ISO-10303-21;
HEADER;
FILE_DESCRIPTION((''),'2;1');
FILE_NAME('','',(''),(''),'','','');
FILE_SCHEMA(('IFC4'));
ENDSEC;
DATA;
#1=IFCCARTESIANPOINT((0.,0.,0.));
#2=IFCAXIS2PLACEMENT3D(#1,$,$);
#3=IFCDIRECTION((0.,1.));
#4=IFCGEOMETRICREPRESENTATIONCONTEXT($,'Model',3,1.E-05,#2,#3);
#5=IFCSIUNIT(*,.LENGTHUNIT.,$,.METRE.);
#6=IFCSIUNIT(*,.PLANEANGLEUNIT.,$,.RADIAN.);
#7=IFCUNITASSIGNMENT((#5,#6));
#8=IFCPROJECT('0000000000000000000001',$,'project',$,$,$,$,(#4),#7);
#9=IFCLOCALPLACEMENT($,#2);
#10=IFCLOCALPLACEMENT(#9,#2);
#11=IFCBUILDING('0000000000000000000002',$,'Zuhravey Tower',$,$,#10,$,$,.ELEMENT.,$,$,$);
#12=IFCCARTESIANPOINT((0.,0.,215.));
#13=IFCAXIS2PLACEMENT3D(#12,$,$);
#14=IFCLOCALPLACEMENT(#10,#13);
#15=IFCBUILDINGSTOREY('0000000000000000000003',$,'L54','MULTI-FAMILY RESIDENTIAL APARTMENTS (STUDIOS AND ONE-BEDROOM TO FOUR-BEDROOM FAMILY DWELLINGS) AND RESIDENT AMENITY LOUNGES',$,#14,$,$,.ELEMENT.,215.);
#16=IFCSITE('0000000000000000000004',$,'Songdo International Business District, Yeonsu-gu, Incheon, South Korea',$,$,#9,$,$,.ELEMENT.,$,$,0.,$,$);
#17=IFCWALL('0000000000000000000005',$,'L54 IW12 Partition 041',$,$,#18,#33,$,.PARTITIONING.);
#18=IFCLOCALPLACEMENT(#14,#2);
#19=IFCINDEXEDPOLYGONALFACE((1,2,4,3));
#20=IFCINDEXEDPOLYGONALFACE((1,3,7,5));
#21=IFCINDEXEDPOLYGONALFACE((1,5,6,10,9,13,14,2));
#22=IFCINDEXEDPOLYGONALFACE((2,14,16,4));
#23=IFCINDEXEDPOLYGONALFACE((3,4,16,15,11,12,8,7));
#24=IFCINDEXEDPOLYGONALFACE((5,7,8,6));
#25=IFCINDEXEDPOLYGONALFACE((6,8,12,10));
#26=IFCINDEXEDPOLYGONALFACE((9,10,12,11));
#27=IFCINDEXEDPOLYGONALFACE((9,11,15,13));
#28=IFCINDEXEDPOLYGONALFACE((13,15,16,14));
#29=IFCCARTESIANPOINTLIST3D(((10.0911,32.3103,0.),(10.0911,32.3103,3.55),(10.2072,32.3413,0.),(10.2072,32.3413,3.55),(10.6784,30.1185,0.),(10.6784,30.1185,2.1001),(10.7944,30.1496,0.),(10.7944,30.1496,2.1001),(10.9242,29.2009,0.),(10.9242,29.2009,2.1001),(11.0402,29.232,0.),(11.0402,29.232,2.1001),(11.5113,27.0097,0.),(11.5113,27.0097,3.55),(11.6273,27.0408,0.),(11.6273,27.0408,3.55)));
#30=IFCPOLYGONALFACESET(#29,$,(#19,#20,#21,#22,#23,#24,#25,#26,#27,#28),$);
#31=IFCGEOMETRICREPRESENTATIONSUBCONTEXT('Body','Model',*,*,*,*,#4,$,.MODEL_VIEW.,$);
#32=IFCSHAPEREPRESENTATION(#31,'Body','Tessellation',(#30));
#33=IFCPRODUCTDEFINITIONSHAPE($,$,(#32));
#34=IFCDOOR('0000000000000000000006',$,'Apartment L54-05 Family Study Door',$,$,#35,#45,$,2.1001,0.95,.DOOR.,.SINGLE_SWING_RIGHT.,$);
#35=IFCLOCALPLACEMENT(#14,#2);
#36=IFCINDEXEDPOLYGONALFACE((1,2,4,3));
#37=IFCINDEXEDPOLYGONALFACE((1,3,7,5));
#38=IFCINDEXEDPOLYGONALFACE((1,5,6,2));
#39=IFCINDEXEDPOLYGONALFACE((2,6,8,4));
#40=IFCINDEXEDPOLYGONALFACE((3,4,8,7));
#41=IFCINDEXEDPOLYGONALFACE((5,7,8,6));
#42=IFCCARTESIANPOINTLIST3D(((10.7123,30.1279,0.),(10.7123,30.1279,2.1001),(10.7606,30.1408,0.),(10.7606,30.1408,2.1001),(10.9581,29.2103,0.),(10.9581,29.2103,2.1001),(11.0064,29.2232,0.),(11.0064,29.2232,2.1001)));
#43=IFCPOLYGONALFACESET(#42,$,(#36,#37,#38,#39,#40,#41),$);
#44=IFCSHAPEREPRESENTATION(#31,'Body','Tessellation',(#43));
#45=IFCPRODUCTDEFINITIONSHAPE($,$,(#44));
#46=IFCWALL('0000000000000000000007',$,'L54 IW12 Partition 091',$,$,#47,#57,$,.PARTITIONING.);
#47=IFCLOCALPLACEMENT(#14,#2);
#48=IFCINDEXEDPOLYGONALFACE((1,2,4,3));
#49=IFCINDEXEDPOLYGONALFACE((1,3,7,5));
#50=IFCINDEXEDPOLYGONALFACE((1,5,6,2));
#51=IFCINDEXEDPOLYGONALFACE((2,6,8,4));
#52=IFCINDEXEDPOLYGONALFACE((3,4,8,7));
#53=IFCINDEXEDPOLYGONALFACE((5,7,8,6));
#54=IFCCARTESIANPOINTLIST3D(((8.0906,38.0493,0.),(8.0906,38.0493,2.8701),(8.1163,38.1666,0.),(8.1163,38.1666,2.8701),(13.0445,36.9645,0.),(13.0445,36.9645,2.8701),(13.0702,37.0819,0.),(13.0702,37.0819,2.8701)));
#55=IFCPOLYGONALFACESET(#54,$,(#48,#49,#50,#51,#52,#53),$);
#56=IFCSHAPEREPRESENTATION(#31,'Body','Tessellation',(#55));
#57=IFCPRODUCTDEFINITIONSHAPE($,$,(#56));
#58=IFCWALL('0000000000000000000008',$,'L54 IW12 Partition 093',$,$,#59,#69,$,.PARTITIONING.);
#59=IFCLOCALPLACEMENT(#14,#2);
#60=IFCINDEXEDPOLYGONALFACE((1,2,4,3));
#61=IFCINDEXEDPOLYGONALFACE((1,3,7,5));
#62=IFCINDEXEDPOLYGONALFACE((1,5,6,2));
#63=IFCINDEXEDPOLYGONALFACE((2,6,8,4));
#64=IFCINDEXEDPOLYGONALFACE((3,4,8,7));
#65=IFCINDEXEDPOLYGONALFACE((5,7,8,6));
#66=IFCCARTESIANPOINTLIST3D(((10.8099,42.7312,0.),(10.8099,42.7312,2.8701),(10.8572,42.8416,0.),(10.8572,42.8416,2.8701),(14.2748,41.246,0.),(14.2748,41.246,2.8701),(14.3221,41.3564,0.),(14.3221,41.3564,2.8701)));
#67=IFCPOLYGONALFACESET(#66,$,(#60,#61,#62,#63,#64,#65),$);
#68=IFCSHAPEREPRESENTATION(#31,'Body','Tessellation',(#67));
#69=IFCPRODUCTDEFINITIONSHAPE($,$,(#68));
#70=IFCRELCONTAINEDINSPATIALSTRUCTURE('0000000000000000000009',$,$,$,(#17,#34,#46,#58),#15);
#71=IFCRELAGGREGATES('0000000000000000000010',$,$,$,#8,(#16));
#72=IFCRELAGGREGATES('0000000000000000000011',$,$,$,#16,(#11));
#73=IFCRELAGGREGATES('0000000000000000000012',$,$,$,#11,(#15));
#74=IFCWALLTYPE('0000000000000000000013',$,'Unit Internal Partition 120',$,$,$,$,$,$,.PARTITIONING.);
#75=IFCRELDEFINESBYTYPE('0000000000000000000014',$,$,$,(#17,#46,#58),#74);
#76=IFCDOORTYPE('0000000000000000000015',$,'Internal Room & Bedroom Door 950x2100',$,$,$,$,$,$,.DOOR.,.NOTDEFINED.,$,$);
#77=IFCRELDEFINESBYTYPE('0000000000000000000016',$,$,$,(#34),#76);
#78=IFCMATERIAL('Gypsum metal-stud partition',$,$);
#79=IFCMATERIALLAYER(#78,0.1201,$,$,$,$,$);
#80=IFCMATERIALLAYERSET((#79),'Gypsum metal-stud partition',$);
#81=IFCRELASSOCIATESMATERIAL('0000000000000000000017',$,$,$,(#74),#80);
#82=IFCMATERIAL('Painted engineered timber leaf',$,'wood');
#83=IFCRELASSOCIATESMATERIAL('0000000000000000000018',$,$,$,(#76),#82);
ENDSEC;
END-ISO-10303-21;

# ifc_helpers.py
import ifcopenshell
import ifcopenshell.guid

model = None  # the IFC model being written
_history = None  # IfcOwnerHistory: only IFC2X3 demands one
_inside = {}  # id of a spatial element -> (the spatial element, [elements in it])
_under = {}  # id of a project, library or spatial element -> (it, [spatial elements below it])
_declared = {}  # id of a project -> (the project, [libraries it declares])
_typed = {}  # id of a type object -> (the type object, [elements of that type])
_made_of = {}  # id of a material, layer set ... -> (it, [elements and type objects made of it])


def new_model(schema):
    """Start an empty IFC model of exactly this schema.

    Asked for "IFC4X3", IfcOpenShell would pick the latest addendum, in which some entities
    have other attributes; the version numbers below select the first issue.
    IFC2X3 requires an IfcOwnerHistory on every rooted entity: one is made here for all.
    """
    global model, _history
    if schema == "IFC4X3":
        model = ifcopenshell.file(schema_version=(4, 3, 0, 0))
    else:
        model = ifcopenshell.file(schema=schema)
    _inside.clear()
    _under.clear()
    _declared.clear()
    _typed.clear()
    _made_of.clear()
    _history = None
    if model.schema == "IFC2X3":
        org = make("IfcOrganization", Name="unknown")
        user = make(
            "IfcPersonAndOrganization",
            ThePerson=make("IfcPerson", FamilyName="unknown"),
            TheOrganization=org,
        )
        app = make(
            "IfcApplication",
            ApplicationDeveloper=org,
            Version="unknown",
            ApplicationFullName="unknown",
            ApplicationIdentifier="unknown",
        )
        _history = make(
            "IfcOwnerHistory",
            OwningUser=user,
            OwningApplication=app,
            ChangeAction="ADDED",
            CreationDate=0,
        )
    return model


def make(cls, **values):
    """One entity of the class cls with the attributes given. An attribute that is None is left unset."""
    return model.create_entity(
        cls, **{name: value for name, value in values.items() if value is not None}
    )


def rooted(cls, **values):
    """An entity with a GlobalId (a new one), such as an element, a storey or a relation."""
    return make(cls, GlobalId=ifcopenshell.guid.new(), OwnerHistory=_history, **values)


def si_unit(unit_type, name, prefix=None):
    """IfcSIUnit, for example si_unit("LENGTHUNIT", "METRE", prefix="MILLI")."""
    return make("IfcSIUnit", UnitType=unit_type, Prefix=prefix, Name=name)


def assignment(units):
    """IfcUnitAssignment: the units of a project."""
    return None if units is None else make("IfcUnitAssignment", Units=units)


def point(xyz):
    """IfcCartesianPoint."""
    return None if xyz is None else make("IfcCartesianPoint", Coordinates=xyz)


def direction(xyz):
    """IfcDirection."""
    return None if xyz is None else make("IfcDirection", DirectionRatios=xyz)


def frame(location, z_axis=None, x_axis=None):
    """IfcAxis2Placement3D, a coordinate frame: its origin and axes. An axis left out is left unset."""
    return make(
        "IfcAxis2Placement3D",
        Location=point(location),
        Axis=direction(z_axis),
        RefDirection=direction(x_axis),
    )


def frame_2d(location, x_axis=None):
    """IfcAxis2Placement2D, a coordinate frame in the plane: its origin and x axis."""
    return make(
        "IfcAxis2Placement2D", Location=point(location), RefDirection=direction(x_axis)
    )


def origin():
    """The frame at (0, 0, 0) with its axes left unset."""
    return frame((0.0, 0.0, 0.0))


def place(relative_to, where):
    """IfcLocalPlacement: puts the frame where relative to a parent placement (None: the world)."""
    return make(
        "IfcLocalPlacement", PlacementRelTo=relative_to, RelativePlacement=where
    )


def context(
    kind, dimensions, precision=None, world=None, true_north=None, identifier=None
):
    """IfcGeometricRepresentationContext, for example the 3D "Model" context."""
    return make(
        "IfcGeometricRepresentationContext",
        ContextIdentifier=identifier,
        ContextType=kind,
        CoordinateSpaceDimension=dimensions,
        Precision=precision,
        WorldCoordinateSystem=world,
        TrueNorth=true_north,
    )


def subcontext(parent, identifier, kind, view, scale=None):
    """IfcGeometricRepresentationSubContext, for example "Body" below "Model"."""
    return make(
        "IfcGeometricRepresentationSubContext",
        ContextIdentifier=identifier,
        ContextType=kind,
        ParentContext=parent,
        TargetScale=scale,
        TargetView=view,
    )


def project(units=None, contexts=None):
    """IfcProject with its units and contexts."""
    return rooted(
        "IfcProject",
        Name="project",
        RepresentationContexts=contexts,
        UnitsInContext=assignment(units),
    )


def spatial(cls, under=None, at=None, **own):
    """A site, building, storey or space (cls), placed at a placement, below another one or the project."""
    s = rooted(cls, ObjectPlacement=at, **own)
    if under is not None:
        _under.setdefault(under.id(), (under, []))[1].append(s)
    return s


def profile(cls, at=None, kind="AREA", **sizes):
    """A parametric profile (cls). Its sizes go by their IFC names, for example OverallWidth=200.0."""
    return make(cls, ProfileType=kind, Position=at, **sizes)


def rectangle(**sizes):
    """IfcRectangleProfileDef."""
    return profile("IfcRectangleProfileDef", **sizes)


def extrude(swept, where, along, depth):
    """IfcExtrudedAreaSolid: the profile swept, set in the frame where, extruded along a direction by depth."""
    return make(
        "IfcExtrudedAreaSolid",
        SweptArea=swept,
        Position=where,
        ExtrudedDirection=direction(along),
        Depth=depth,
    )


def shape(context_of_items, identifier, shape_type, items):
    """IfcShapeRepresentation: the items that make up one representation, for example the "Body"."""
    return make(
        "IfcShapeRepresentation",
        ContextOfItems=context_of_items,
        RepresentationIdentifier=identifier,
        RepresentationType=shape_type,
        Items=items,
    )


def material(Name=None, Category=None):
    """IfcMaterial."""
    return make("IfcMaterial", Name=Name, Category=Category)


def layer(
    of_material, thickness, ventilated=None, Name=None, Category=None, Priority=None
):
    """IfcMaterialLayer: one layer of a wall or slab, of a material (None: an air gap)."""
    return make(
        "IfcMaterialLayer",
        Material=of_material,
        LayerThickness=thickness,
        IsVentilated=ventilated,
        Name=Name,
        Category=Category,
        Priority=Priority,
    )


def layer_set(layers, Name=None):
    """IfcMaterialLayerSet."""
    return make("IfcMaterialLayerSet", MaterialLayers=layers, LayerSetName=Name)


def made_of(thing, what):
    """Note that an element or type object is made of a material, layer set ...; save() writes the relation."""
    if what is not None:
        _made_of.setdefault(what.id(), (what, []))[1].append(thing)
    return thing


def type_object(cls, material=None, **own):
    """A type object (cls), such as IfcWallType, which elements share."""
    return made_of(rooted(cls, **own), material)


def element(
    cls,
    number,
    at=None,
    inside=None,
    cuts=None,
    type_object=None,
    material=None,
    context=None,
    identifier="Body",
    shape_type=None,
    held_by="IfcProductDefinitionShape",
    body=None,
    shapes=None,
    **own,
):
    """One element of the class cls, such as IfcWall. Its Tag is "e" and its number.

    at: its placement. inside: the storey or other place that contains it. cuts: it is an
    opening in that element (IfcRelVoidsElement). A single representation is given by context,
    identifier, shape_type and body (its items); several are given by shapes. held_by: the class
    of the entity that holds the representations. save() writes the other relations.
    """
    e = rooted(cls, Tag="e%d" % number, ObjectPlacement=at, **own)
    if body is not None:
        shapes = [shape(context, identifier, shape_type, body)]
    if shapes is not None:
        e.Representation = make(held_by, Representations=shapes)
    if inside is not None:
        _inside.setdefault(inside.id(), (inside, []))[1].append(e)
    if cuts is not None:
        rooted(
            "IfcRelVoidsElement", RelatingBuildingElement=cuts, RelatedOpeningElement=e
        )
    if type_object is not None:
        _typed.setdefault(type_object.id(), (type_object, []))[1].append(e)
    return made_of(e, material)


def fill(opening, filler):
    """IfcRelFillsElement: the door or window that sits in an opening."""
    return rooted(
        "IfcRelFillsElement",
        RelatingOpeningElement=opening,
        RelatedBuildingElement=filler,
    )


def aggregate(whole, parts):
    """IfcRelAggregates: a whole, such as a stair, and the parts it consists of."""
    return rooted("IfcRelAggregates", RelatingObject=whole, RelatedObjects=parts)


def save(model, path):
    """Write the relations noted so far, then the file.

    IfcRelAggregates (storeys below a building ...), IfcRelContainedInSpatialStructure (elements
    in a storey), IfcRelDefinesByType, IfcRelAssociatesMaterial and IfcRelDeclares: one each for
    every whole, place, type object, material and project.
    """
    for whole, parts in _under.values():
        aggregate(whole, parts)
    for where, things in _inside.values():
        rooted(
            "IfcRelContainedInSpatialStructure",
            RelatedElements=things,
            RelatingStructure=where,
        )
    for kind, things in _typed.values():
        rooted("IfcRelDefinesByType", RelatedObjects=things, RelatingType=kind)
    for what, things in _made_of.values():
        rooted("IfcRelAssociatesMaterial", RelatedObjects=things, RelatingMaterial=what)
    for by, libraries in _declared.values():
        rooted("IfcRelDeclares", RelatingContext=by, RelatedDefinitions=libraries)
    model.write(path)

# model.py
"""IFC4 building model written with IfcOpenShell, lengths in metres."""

from ifc_helpers import new_model, si_unit, direction, frame, frame_2d, origin, place, context, subcontext, project, spatial, rectangle, extrude, material, layer, layer_set, type_object, element, fill, save


model = new_model("IFC4")

# Units and contexts
model_context = context("Model", 3, precision=1e-05, world=origin(), true_north=direction((0.0, 1.0)))
body_context = subcontext(model_context, "Body", "Model", "MODEL_VIEW")
ifc_project = project(units=[si_unit("LENGTHUNIT", "METRE"), si_unit("PLANEANGLEUNIT", "RADIAN")], contexts=[model_context])

# Site, building, storey
site_placement = place(None, origin())
site = spatial("IfcSite", under=ifc_project, at=site_placement, Name="Songdo International Business District, Yeonsu-gu, Incheon, South Korea", CompositionType="ELEMENT", RefElevation=0.0)
building_placement = place(site_placement, origin())
building = spatial("IfcBuilding", under=site, at=building_placement, Name="Zuhravey Tower", CompositionType="ELEMENT")
storey_placement = place(building_placement, frame((0.0, 0.0, 215.0)))
storey = spatial("IfcBuildingStorey", under=building, at=storey_placement, Name="L54", Description="MULTI-FAMILY RESIDENTIAL APARTMENTS (STUDIOS AND ONE-BEDROOM TO FOUR-BEDROOM FAMILY DWELLINGS) AND RESIDENT AMENITY LOUNGES", CompositionType="ELEMENT", Elevation=215.0)

# Shared definitions
ifc_material_1 = material(Name="Gypsum metal-stud partition")
ifc_layer_1 = layer(ifc_material_1, 0.1201)
ifc_layer_set_1 = layer_set([ifc_layer_1], Name="Gypsum metal-stud partition")
wall_type_1 = type_object("IfcWallType", Name="Unit Internal Partition 120", PredefinedType="PARTITIONING", material=ifc_layer_set_1)
ifc_material_2 = material(Name="Painted engineered timber leaf", Category="wood")
door_type_1 = type_object("IfcDoorType", Name="Internal Room & Bedroom Door 950x2100", OperationType="NOTDEFINED", PredefinedType="DOOR", material=ifc_material_2)

# Wall, opening, door
wall_1_placement = place(storey_placement, frame((10.1492, 32.3257, 0.0), z_axis=(0.0, 0.0, 1.0), x_axis=(0.258801, -0.965931, 0.0)))
wall_1 = element("IfcWall", 1, at=wall_1_placement, inside=storey, type_object=wall_type_1, Name="L54 IW12 Partition 041", PredefinedType="PARTITIONING", context=body_context, shape_type="SweptSolid", body=[
    extrude(rectangle(XDim=5.4875, YDim=0.1201, at=frame_2d((2.7437, 0.0))), origin(), (0.0, 0.0, 1.0), 3.55),
])
opening_1_placement = place(wall_1_placement, frame((2.2688, 0.0, 0.0)))
opening_1 = element("IfcOpeningElement", 2, at=opening_1_placement, cuts=wall_1, PredefinedType="OPENING", context=body_context, shape_type="SweptSolid", body=[
    extrude(rectangle(XDim=0.95, YDim=2.1001, at=frame_2d((0.4751, 1.05))), frame((0.0, 0.072, 0.0), z_axis=(0.0, -1.0, 0.0), x_axis=(1.0, 0.0, 0.0)), (0.0, 0.0, 1.0), 0.144),
])
door_1_placement = place(opening_1_placement, frame((0.95, 0.0, 0.0), z_axis=(0.0, 0.0, 1.0), x_axis=(-1.0, 0.0, 0.0)))
door_1 = element("IfcDoor", 3, at=door_1_placement, inside=storey, type_object=door_type_1, Name="Apartment L54-05 Family Study Door", OperationType="SINGLE_SWING_RIGHT", OverallHeight=2.1001, OverallWidth=0.95, PredefinedType="DOOR", context=body_context, shape_type="SweptSolid", body=[
    extrude(rectangle(XDim=0.95, YDim=2.1001, at=frame_2d((0.4751, 1.05))), frame((0.0, 0.0249, 0.0), z_axis=(0.0, -1.0, 0.0), x_axis=(1.0, 0.0, 0.0)), (0.0, 0.0, 1.0), 0.05),
])
fill(opening_1, door_1)

# Walls
wall_2_placement = place(storey_placement, frame((13.0574, 37.0232, 0.0), z_axis=(0.0, 0.0, 1.0), x_axis=(-0.976856, 0.213896, 0.0)))
element("IfcWall", 4, at=wall_2_placement, inside=storey, type_object=wall_type_1, Name="L54 IW12 Partition 091", PredefinedType="PARTITIONING", context=body_context, shape_type="SweptSolid", body=[
    extrude(rectangle(XDim=5.0713, YDim=0.1201, at=frame_2d((2.5356, 0.0))), origin(), (0.0, 0.0, 1.0), 2.8701),
])
wall_3_placement = place(storey_placement, frame((14.2983, 41.3013, 0.0), z_axis=(0.0, 0.0, 1.0), x_axis=(-0.919128, 0.393958, 0.0)))
element("IfcWall", 5, at=wall_3_placement, inside=storey, type_object=wall_type_1, Name="L54 IW12 Partition 093", PredefinedType="PARTITIONING", context=body_context, shape_type="SweptSolid", body=[
    extrude(rectangle(XDim=3.7698, YDim=0.1201, at=frame_2d((1.8848, 0.0))), origin(), (0.0, 0.0, 1.0), 2.8701),
])

save(model, "model.ifc")
